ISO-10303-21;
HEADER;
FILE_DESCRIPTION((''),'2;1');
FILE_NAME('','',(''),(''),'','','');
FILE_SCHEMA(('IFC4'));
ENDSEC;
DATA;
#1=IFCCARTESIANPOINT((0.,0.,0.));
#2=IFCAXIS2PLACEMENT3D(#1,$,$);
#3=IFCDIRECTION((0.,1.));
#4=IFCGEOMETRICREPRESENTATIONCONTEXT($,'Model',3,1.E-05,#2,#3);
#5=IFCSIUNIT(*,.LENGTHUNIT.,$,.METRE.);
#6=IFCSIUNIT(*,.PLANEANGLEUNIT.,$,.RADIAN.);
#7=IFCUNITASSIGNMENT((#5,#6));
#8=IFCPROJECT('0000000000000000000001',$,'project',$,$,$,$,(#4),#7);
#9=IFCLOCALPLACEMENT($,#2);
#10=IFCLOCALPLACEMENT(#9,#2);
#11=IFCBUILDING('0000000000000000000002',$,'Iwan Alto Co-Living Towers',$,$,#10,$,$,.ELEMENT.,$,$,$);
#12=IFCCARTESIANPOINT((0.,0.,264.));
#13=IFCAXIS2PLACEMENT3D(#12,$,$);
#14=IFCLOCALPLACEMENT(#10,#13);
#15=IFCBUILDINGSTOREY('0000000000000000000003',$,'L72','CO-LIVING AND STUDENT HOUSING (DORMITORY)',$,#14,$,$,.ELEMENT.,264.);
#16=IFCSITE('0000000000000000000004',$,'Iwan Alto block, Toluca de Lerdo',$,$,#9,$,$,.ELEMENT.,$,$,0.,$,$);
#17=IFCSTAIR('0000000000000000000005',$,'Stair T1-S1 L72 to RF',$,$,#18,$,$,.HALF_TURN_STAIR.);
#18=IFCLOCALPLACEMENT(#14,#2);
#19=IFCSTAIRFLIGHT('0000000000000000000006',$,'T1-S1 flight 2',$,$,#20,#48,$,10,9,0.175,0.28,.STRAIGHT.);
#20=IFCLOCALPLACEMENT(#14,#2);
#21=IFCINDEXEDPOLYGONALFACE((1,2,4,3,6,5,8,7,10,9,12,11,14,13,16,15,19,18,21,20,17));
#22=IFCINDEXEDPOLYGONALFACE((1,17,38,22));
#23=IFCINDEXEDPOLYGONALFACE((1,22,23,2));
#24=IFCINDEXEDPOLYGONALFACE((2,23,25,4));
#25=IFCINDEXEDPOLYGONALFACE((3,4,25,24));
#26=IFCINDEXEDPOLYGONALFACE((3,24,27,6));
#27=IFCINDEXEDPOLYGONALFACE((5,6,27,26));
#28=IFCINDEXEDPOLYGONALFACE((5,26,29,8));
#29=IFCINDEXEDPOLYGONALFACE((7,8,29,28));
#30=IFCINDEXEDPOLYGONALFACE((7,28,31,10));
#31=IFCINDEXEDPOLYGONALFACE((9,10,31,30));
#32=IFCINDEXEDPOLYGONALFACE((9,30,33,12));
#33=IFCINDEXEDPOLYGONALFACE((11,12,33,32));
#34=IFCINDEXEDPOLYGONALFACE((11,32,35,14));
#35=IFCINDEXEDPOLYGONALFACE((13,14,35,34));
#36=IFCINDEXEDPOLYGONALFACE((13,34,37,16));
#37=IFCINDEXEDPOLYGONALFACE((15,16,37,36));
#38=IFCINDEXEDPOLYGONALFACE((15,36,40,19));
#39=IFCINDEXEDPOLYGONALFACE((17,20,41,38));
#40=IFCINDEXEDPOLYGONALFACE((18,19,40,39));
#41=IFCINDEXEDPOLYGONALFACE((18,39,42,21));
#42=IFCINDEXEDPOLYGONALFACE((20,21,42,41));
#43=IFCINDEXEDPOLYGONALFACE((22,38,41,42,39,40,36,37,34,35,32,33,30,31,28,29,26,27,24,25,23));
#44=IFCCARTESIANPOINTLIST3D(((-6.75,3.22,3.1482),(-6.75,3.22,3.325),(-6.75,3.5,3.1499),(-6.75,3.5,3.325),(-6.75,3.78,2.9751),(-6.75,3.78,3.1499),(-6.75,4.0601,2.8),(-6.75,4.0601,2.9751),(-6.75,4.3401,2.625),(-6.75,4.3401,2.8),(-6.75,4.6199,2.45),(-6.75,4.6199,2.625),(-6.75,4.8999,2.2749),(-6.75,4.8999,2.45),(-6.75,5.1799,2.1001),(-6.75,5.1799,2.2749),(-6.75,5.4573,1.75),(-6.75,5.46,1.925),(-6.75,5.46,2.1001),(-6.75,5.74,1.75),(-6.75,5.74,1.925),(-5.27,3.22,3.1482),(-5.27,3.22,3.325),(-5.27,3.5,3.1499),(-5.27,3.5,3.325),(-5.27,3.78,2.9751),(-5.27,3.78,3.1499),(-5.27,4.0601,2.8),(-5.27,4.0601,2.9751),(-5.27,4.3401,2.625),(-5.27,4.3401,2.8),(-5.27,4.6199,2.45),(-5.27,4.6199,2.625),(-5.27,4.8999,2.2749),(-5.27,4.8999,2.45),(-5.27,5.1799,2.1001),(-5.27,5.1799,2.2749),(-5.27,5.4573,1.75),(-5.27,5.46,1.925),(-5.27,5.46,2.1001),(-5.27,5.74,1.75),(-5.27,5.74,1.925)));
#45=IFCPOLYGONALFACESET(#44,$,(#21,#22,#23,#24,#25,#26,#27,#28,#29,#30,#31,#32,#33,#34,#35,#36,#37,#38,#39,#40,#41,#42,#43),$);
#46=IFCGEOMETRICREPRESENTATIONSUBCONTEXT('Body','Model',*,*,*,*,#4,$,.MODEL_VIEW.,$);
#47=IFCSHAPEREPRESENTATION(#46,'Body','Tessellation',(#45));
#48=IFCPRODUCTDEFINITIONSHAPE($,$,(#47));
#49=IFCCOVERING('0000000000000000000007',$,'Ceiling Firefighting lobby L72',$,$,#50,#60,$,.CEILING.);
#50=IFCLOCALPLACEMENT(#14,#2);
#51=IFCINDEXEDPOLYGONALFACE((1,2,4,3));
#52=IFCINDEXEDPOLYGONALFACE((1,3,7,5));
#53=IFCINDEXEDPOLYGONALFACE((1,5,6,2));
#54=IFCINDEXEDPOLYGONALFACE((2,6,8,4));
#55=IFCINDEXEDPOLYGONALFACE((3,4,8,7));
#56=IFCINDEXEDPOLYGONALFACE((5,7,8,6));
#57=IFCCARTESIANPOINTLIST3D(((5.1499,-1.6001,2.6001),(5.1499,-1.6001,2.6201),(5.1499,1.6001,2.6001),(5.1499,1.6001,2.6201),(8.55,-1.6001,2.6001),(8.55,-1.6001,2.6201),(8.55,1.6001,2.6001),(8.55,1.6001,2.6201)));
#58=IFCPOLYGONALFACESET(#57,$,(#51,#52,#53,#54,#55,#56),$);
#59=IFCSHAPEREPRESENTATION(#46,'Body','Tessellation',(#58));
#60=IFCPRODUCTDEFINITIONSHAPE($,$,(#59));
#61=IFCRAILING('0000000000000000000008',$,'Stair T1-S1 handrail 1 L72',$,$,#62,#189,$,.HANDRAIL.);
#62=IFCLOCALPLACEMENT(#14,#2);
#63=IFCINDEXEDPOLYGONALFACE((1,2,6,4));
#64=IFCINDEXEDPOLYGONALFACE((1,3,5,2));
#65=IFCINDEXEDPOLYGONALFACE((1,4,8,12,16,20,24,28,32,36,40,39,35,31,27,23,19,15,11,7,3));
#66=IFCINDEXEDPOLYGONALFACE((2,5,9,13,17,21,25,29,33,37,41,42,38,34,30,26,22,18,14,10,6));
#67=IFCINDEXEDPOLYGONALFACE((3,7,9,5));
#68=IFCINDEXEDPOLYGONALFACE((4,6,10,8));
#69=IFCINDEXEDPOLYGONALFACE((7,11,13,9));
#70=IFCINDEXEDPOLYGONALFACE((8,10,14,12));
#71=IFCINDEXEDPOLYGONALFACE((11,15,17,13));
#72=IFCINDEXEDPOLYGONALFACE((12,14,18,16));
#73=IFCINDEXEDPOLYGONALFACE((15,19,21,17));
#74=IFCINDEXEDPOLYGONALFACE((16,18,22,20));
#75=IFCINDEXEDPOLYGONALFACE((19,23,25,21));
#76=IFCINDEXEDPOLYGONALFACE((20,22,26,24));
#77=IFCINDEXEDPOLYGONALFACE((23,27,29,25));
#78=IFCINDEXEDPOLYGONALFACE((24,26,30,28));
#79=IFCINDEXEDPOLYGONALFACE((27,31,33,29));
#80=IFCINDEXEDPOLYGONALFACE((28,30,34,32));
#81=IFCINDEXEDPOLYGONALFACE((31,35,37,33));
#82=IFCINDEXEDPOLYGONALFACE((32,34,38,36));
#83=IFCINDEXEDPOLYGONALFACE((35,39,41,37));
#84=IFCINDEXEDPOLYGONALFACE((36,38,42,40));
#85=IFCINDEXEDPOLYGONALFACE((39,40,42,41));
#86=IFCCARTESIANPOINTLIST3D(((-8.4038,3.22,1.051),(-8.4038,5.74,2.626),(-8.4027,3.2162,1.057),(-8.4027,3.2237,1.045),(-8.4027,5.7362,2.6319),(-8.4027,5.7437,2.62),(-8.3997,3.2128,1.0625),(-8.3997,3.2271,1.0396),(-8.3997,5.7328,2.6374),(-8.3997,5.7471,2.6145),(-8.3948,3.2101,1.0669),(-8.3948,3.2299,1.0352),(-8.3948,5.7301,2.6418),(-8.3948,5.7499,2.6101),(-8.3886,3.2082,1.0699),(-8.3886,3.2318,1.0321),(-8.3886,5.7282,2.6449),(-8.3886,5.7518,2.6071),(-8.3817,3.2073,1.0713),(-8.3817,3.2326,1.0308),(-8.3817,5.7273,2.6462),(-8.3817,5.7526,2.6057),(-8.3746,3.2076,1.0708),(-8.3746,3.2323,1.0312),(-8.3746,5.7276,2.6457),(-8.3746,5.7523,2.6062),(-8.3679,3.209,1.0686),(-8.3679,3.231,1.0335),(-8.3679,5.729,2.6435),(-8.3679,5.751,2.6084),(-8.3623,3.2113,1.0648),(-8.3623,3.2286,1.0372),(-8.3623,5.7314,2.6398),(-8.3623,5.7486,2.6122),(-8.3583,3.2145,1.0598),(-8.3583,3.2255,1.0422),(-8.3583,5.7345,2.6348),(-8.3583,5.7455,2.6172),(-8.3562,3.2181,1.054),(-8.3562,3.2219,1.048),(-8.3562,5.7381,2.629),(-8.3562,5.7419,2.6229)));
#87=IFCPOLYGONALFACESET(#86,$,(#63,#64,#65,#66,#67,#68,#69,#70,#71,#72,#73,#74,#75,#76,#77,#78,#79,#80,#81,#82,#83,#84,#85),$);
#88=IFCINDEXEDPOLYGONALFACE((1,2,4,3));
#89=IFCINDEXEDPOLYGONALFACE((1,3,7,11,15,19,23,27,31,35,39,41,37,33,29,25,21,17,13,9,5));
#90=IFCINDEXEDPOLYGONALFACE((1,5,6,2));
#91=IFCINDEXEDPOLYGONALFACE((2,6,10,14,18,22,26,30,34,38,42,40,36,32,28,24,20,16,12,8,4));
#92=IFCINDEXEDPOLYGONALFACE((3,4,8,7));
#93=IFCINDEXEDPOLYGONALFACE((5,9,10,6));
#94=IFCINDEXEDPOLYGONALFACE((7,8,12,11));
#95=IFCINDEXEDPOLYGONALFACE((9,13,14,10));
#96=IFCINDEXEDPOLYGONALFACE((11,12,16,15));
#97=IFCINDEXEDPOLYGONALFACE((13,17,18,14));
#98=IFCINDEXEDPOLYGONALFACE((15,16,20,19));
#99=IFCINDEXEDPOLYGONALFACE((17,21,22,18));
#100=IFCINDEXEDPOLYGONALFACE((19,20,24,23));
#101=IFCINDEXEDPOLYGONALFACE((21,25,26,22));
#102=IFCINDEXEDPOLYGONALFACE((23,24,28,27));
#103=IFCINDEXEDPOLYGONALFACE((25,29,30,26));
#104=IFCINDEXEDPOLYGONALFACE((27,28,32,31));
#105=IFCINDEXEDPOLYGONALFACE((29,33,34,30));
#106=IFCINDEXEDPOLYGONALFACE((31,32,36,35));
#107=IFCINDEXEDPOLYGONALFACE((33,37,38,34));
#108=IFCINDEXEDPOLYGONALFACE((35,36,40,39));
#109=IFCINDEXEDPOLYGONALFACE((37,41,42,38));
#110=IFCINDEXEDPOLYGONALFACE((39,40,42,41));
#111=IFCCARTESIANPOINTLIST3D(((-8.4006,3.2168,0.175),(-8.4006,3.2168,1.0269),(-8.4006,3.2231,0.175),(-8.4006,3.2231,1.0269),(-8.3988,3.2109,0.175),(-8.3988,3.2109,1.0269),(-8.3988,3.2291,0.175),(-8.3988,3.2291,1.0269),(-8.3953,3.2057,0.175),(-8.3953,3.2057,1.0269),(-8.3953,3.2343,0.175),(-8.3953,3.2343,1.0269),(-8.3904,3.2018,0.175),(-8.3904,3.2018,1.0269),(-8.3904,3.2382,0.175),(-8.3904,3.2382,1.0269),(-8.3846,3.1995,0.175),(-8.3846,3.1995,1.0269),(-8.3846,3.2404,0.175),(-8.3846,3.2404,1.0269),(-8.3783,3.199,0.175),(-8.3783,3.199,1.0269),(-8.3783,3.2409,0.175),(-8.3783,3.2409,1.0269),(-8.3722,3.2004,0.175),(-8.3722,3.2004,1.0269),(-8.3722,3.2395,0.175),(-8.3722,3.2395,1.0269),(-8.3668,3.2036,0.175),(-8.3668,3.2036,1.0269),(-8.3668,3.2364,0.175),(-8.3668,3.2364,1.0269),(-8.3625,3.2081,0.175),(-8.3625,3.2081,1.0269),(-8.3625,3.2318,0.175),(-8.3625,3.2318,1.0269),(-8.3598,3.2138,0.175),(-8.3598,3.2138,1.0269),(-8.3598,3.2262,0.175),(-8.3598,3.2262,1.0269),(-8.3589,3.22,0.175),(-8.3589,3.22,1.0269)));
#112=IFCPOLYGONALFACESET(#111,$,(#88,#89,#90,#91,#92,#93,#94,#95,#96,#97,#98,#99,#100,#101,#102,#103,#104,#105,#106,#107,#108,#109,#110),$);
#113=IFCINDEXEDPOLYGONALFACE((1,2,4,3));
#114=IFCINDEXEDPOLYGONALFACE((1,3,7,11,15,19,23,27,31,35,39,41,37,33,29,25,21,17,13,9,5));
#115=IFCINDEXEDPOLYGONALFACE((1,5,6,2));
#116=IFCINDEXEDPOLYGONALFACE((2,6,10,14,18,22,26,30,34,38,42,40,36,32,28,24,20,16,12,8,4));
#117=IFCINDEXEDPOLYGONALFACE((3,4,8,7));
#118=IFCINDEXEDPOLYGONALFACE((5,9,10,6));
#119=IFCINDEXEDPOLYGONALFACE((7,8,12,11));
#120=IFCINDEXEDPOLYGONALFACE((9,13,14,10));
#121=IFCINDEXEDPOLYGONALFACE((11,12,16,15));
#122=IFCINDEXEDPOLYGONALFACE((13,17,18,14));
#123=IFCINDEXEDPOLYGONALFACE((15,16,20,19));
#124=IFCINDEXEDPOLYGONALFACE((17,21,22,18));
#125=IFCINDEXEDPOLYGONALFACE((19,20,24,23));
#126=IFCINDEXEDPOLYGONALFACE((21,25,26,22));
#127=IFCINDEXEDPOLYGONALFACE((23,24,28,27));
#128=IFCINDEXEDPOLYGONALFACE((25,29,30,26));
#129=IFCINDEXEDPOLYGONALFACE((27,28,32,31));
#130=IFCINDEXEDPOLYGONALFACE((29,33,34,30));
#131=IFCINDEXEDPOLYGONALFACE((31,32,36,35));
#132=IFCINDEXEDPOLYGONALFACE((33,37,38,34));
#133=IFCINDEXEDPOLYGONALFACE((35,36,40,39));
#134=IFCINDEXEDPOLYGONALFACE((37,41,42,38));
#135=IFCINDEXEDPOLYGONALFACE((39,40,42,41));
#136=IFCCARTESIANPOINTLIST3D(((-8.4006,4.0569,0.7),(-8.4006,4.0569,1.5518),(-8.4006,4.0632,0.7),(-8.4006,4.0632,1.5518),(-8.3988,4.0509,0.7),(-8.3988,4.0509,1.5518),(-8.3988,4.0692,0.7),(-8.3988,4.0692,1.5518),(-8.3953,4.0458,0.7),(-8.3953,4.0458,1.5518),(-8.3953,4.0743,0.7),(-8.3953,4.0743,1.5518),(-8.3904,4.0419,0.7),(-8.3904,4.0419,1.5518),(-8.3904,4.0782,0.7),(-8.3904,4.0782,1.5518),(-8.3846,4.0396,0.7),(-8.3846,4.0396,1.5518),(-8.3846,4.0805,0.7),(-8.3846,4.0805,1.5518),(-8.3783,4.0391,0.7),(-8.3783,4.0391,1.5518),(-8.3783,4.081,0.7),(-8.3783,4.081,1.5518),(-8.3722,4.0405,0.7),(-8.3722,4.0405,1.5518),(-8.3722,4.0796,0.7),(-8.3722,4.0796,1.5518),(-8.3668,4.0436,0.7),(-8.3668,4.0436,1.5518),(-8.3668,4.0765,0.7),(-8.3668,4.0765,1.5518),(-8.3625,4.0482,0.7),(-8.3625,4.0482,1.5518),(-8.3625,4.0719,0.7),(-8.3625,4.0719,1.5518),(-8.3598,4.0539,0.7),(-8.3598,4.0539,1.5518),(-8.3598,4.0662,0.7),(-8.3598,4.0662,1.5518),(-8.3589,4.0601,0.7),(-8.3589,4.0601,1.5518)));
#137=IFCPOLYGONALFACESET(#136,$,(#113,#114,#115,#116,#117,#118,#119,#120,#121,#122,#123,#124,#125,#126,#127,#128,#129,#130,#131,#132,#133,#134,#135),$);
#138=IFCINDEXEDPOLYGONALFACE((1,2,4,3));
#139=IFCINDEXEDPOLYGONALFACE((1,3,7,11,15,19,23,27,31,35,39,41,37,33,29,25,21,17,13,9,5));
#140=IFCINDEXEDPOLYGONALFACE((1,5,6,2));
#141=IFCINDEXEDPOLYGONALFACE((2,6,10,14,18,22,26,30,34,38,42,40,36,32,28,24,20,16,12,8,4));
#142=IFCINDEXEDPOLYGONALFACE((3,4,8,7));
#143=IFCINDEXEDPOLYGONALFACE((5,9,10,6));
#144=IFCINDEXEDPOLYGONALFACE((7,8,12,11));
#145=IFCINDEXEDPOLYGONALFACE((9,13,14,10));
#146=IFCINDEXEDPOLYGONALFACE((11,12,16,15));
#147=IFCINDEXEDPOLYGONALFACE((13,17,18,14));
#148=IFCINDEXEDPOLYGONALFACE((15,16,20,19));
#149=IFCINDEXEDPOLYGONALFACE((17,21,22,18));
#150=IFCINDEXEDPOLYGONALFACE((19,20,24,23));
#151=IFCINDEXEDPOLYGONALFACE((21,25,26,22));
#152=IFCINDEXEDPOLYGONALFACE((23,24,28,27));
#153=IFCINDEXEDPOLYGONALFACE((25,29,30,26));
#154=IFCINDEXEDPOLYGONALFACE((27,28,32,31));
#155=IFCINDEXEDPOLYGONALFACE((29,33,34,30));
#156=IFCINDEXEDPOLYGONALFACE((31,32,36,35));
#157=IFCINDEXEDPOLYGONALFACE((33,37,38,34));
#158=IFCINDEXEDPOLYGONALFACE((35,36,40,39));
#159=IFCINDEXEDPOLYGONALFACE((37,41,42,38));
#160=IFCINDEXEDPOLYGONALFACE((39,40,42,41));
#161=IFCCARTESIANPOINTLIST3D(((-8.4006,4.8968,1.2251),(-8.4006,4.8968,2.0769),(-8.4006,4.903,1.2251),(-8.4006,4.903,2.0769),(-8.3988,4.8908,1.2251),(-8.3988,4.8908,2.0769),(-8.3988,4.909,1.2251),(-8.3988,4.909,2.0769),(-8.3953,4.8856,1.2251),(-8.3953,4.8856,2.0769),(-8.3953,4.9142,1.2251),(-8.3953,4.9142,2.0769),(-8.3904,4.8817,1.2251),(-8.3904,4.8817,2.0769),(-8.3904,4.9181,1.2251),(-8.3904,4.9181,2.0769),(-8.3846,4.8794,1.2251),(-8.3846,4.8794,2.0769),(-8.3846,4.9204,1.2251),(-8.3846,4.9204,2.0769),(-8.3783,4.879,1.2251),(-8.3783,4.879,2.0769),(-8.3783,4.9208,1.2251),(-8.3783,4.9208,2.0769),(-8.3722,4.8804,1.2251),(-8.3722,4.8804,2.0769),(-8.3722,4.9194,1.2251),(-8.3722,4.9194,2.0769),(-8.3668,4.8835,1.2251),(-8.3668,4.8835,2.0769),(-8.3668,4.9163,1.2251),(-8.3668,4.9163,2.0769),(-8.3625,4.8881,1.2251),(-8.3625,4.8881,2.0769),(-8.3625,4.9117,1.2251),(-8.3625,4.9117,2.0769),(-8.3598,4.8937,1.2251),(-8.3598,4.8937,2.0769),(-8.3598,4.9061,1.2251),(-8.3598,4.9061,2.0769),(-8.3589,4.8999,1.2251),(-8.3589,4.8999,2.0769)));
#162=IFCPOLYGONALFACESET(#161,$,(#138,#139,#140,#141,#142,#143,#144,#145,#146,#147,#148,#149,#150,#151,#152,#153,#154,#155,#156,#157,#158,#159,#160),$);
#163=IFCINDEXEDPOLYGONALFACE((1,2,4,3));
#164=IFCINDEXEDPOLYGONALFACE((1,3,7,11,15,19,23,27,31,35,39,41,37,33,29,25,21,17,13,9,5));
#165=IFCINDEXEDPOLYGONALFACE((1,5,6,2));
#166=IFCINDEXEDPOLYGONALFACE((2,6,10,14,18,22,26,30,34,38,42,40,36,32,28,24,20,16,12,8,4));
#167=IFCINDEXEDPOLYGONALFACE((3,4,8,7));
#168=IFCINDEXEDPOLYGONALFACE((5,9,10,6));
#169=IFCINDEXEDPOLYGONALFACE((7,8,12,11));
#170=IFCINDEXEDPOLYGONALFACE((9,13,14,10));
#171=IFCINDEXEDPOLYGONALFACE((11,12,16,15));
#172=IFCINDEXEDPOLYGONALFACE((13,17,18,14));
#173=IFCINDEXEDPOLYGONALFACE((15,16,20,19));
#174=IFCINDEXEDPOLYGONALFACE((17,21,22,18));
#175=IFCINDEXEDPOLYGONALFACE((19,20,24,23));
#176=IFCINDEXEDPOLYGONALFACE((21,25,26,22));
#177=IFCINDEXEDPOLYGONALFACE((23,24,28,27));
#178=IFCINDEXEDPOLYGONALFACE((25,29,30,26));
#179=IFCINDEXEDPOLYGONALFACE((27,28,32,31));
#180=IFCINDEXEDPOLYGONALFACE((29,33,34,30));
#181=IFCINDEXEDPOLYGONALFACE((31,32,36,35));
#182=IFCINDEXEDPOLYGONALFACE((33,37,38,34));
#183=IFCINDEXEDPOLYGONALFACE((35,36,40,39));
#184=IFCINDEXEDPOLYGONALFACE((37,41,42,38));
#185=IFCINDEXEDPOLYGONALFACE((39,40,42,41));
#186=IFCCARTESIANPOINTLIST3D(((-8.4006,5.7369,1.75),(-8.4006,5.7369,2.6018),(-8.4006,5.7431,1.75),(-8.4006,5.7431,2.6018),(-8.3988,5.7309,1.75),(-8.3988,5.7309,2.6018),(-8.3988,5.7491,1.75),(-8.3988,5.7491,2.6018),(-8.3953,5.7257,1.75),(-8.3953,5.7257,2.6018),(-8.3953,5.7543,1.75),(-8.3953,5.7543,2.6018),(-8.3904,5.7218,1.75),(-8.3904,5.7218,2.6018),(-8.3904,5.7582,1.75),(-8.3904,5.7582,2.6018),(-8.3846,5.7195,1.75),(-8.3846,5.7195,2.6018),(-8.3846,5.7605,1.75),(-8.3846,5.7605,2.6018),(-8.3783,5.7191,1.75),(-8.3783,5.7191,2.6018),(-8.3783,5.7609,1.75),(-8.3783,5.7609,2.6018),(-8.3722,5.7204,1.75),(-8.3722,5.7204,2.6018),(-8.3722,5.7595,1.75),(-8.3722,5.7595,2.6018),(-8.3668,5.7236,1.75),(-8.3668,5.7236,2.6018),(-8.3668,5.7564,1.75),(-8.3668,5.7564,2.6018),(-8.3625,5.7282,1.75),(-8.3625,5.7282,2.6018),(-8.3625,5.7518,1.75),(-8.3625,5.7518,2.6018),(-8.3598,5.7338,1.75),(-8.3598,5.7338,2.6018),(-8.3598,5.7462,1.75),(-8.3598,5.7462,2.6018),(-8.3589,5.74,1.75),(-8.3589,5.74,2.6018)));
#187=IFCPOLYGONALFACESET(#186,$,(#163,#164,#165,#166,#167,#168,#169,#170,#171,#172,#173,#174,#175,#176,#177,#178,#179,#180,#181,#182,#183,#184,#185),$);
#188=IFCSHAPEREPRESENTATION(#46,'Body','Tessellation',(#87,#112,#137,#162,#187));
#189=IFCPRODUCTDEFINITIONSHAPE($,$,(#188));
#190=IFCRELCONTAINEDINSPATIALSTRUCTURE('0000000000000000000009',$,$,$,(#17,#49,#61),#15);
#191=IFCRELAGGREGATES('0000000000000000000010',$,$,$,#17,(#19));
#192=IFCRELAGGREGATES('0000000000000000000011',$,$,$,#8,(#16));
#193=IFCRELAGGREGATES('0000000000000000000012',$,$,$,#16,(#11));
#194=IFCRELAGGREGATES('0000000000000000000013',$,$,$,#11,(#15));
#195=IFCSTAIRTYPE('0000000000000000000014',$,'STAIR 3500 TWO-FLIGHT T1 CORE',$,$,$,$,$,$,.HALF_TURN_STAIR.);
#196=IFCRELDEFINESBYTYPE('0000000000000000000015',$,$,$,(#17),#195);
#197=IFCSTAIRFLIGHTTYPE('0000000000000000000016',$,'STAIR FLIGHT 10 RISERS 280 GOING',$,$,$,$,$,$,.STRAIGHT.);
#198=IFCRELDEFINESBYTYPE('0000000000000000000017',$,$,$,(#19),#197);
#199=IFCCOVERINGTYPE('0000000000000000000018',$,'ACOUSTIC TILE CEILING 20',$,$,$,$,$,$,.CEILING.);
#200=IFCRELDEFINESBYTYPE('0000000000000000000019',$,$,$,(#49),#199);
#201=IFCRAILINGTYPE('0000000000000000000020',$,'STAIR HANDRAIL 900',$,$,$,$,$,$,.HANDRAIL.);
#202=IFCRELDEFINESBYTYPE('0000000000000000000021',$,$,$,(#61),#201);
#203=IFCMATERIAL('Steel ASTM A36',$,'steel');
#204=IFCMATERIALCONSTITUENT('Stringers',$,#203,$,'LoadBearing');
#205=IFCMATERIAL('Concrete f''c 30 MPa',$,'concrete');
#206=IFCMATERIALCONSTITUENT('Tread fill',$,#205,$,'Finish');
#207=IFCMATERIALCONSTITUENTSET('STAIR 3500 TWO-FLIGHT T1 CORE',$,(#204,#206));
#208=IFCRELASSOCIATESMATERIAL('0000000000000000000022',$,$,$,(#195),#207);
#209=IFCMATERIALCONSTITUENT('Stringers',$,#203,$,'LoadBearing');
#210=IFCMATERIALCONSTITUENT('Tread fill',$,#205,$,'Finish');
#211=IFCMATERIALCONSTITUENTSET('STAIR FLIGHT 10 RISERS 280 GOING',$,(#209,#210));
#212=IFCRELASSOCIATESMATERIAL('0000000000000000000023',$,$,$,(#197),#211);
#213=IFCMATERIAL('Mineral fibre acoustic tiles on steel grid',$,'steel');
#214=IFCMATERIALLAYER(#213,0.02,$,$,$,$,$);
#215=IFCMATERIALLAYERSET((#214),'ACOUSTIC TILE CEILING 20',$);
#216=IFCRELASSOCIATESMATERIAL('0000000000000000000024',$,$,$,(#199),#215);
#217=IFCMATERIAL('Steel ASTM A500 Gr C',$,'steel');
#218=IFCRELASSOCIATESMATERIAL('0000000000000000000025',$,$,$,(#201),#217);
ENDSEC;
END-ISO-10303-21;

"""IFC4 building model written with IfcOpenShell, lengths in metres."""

from ifc_helpers import new_model, si_unit, direction, frame, origin, origin_2d, place, context, subcontext, project, spatial, polyline, circle, outline, extrude, material, layer, layer_set, constituent, constituent_set, type_object, element, aggregate, save


model = new_model("IFC4")

# Units and contexts
model_context = context("Model", 3, precision=1e-05, world=origin(), true_north=direction((0.0, 1.0)))
body_context = subcontext(model_context, "Body", "Model", "MODEL_VIEW")
ifc_project = project(units=[si_unit("LENGTHUNIT", "METRE"), si_unit("PLANEANGLEUNIT", "RADIAN")], contexts=[model_context])

# Site, building, storey
site_placement = place(None, origin())
site = spatial("IfcSite", under=ifc_project, at=site_placement, Name="Iwan Alto block, Toluca de Lerdo", CompositionType="ELEMENT", RefElevation=0.0)
building_placement = place(site_placement, origin())
building = spatial("IfcBuilding", under=site, at=building_placement, Name="Iwan Alto Co-Living Towers", CompositionType="ELEMENT")
storey_placement = place(building_placement, frame((0.0, 0.0, 264.0)))
storey = spatial("IfcBuildingStorey", under=building, at=storey_placement, Name="L72", Description="CO-LIVING AND STUDENT HOUSING (DORMITORY)", CompositionType="ELEMENT", Elevation=264.0)

# Stair, stair flight
ifc_material_1 = material(Name="Steel ASTM A36", Category="steel")
ifc_constituent_1 = constituent(ifc_material_1, Name="Stringers", Category="LoadBearing")
ifc_material_2 = material(Name="Concrete f'c 30 MPa", Category="concrete")
ifc_constituent_2 = constituent(ifc_material_2, Name="Tread fill", Category="Finish")
ifc_constituent_set_1 = constituent_set(constituents=[ifc_constituent_1, ifc_constituent_2], Name="STAIR 3500 TWO-FLIGHT T1 CORE")
stair_type = type_object("IfcStairType", Name="STAIR 3500 TWO-FLIGHT T1 CORE", PredefinedType="HALF_TURN_STAIR", material=ifc_constituent_set_1)
stair_placement = place(storey_placement, origin())
stair = element("IfcStair", 1, at=stair_placement, inside=storey, type_object=stair_type, Name="Stair T1-S1 L72 to RF", PredefinedType="HALF_TURN_STAIR")
ifc_constituent_3 = constituent(ifc_material_1, Name="Stringers", Category="LoadBearing")
ifc_constituent_4 = constituent(ifc_material_2, Name="Tread fill", Category="Finish")
ifc_constituent_set_2 = constituent_set(constituents=[ifc_constituent_3, ifc_constituent_4], Name="STAIR FLIGHT 10 RISERS 280 GOING")
stair_flight_type = type_object("IfcStairFlightType", Name="STAIR FLIGHT 10 RISERS 280 GOING", PredefinedType="STRAIGHT", material=ifc_constituent_set_2)
stair_flight_placement = place(storey_placement, frame((-6.01, 5.74, 1.75), z_axis=(0.0, 0.0, 1.0), x_axis=(0.0, -1.0, 0.0)))
stair_flight = element("IfcStairFlight", 2, at=stair_flight_placement, type_object=stair_flight_type, Name="T1-S1 flight 2", NumberOfRisers=10, NumberOfTreads=9, PredefinedType="STRAIGHT", RiserHeight=0.175, TreadLength=0.28, context=body_context, shape_type="SweptSolid", body=[
    extrude(outline(polyline([(0.0, 0.0), (0.0, 0.175), (0.28, 0.175), (0.28, 0.3501), (0.5601, 0.3501), (0.5601, 0.5249), (0.8401, 0.5249), (0.8401, 0.7), (1.1201, 0.7), (1.1201, 0.875), (1.3999, 0.875), (1.3999, 1.05), (1.6799, 1.05), (1.6799, 1.2251), (1.96, 1.2251), (1.96, 1.3999), (2.24, 1.3999), (2.24, 1.575), (2.52, 1.575), (2.52, 1.75), (2.52, 1.3982), (0.2827, 0.0), (0.0, 0.0)])), frame((0.0, 0.74, 0.0), z_axis=(0.0, -1.0, 0.0), x_axis=(1.0, 0.0, 0.0)), (0.0, 0.0, 1.0), 1.48),
])
aggregate(stair, [stair_flight])

# Covering
ifc_material_3 = material(Name="Mineral fibre acoustic tiles on steel grid", Category="steel")
ifc_layer_1 = layer(ifc_material_3, 0.02)
ifc_layer_set_1 = layer_set([ifc_layer_1], Name="ACOUSTIC TILE CEILING 20")
covering_type = type_object("IfcCoveringType", Name="ACOUSTIC TILE CEILING 20", PredefinedType="CEILING", material=ifc_layer_set_1)
covering_placement = place(storey_placement, frame((0.0, 0.0, 2.6001)))
element("IfcCovering", 3, at=covering_placement, inside=storey, type_object=covering_type, Name="Ceiling Firefighting lobby L72", PredefinedType="CEILING", context=body_context, shape_type="SweptSolid", body=[
    extrude(outline(polyline([(5.1499, -1.6001), (5.1499, 1.6001), (8.55, 1.6001), (8.55, -1.6001), (5.1499, -1.6001)])), origin(), (0.0, 0.0, 1.0), 0.02),
])

# Railing
ifc_material_4 = material(Name="Steel ASTM A500 Gr C", Category="steel")
railing_type = type_object("IfcRailingType", Name="STAIR HANDRAIL 900", PredefinedType="HANDRAIL", material=ifc_material_4)
railing_1_placement = place(storey_placement, frame((-8.3799, 3.22, 0.175)))
element("IfcRailing", 4, at=railing_1_placement, inside=storey, type_object=railing_type, Name="Stair T1-S1 handrail 1 L72", PredefinedType="HANDRAIL", context=body_context, shape_type="SweptSolid", body=[
    extrude(circle(Radius=0.0239, at=origin_2d()), frame((0.0, 0.0, 0.876), z_axis=(0.0, 0.848008, 0.529984), x_axis=(-1.0, 0.0, 0.0)), (0.0, 0.0, 1.0), 2.9717),
    extrude(circle(Radius=0.021, at=origin_2d()), origin(), (0.0, 0.0, 1.0), 0.8518),
    extrude(circle(Radius=0.021, at=origin_2d()), frame((0.0, 0.8401, 0.5249)), (0.0, 0.0, 1.0), 0.8518),
    extrude(circle(Radius=0.021, at=origin_2d()), frame((0.0, 1.6799, 1.05)), (0.0, 0.0, 1.0), 0.8518),
    extrude(circle(Radius=0.021, at=origin_2d()), frame((0.0, 2.52, 1.575)), (0.0, 0.0, 1.0), 0.8518),
])

save(model, "model.ifc")
